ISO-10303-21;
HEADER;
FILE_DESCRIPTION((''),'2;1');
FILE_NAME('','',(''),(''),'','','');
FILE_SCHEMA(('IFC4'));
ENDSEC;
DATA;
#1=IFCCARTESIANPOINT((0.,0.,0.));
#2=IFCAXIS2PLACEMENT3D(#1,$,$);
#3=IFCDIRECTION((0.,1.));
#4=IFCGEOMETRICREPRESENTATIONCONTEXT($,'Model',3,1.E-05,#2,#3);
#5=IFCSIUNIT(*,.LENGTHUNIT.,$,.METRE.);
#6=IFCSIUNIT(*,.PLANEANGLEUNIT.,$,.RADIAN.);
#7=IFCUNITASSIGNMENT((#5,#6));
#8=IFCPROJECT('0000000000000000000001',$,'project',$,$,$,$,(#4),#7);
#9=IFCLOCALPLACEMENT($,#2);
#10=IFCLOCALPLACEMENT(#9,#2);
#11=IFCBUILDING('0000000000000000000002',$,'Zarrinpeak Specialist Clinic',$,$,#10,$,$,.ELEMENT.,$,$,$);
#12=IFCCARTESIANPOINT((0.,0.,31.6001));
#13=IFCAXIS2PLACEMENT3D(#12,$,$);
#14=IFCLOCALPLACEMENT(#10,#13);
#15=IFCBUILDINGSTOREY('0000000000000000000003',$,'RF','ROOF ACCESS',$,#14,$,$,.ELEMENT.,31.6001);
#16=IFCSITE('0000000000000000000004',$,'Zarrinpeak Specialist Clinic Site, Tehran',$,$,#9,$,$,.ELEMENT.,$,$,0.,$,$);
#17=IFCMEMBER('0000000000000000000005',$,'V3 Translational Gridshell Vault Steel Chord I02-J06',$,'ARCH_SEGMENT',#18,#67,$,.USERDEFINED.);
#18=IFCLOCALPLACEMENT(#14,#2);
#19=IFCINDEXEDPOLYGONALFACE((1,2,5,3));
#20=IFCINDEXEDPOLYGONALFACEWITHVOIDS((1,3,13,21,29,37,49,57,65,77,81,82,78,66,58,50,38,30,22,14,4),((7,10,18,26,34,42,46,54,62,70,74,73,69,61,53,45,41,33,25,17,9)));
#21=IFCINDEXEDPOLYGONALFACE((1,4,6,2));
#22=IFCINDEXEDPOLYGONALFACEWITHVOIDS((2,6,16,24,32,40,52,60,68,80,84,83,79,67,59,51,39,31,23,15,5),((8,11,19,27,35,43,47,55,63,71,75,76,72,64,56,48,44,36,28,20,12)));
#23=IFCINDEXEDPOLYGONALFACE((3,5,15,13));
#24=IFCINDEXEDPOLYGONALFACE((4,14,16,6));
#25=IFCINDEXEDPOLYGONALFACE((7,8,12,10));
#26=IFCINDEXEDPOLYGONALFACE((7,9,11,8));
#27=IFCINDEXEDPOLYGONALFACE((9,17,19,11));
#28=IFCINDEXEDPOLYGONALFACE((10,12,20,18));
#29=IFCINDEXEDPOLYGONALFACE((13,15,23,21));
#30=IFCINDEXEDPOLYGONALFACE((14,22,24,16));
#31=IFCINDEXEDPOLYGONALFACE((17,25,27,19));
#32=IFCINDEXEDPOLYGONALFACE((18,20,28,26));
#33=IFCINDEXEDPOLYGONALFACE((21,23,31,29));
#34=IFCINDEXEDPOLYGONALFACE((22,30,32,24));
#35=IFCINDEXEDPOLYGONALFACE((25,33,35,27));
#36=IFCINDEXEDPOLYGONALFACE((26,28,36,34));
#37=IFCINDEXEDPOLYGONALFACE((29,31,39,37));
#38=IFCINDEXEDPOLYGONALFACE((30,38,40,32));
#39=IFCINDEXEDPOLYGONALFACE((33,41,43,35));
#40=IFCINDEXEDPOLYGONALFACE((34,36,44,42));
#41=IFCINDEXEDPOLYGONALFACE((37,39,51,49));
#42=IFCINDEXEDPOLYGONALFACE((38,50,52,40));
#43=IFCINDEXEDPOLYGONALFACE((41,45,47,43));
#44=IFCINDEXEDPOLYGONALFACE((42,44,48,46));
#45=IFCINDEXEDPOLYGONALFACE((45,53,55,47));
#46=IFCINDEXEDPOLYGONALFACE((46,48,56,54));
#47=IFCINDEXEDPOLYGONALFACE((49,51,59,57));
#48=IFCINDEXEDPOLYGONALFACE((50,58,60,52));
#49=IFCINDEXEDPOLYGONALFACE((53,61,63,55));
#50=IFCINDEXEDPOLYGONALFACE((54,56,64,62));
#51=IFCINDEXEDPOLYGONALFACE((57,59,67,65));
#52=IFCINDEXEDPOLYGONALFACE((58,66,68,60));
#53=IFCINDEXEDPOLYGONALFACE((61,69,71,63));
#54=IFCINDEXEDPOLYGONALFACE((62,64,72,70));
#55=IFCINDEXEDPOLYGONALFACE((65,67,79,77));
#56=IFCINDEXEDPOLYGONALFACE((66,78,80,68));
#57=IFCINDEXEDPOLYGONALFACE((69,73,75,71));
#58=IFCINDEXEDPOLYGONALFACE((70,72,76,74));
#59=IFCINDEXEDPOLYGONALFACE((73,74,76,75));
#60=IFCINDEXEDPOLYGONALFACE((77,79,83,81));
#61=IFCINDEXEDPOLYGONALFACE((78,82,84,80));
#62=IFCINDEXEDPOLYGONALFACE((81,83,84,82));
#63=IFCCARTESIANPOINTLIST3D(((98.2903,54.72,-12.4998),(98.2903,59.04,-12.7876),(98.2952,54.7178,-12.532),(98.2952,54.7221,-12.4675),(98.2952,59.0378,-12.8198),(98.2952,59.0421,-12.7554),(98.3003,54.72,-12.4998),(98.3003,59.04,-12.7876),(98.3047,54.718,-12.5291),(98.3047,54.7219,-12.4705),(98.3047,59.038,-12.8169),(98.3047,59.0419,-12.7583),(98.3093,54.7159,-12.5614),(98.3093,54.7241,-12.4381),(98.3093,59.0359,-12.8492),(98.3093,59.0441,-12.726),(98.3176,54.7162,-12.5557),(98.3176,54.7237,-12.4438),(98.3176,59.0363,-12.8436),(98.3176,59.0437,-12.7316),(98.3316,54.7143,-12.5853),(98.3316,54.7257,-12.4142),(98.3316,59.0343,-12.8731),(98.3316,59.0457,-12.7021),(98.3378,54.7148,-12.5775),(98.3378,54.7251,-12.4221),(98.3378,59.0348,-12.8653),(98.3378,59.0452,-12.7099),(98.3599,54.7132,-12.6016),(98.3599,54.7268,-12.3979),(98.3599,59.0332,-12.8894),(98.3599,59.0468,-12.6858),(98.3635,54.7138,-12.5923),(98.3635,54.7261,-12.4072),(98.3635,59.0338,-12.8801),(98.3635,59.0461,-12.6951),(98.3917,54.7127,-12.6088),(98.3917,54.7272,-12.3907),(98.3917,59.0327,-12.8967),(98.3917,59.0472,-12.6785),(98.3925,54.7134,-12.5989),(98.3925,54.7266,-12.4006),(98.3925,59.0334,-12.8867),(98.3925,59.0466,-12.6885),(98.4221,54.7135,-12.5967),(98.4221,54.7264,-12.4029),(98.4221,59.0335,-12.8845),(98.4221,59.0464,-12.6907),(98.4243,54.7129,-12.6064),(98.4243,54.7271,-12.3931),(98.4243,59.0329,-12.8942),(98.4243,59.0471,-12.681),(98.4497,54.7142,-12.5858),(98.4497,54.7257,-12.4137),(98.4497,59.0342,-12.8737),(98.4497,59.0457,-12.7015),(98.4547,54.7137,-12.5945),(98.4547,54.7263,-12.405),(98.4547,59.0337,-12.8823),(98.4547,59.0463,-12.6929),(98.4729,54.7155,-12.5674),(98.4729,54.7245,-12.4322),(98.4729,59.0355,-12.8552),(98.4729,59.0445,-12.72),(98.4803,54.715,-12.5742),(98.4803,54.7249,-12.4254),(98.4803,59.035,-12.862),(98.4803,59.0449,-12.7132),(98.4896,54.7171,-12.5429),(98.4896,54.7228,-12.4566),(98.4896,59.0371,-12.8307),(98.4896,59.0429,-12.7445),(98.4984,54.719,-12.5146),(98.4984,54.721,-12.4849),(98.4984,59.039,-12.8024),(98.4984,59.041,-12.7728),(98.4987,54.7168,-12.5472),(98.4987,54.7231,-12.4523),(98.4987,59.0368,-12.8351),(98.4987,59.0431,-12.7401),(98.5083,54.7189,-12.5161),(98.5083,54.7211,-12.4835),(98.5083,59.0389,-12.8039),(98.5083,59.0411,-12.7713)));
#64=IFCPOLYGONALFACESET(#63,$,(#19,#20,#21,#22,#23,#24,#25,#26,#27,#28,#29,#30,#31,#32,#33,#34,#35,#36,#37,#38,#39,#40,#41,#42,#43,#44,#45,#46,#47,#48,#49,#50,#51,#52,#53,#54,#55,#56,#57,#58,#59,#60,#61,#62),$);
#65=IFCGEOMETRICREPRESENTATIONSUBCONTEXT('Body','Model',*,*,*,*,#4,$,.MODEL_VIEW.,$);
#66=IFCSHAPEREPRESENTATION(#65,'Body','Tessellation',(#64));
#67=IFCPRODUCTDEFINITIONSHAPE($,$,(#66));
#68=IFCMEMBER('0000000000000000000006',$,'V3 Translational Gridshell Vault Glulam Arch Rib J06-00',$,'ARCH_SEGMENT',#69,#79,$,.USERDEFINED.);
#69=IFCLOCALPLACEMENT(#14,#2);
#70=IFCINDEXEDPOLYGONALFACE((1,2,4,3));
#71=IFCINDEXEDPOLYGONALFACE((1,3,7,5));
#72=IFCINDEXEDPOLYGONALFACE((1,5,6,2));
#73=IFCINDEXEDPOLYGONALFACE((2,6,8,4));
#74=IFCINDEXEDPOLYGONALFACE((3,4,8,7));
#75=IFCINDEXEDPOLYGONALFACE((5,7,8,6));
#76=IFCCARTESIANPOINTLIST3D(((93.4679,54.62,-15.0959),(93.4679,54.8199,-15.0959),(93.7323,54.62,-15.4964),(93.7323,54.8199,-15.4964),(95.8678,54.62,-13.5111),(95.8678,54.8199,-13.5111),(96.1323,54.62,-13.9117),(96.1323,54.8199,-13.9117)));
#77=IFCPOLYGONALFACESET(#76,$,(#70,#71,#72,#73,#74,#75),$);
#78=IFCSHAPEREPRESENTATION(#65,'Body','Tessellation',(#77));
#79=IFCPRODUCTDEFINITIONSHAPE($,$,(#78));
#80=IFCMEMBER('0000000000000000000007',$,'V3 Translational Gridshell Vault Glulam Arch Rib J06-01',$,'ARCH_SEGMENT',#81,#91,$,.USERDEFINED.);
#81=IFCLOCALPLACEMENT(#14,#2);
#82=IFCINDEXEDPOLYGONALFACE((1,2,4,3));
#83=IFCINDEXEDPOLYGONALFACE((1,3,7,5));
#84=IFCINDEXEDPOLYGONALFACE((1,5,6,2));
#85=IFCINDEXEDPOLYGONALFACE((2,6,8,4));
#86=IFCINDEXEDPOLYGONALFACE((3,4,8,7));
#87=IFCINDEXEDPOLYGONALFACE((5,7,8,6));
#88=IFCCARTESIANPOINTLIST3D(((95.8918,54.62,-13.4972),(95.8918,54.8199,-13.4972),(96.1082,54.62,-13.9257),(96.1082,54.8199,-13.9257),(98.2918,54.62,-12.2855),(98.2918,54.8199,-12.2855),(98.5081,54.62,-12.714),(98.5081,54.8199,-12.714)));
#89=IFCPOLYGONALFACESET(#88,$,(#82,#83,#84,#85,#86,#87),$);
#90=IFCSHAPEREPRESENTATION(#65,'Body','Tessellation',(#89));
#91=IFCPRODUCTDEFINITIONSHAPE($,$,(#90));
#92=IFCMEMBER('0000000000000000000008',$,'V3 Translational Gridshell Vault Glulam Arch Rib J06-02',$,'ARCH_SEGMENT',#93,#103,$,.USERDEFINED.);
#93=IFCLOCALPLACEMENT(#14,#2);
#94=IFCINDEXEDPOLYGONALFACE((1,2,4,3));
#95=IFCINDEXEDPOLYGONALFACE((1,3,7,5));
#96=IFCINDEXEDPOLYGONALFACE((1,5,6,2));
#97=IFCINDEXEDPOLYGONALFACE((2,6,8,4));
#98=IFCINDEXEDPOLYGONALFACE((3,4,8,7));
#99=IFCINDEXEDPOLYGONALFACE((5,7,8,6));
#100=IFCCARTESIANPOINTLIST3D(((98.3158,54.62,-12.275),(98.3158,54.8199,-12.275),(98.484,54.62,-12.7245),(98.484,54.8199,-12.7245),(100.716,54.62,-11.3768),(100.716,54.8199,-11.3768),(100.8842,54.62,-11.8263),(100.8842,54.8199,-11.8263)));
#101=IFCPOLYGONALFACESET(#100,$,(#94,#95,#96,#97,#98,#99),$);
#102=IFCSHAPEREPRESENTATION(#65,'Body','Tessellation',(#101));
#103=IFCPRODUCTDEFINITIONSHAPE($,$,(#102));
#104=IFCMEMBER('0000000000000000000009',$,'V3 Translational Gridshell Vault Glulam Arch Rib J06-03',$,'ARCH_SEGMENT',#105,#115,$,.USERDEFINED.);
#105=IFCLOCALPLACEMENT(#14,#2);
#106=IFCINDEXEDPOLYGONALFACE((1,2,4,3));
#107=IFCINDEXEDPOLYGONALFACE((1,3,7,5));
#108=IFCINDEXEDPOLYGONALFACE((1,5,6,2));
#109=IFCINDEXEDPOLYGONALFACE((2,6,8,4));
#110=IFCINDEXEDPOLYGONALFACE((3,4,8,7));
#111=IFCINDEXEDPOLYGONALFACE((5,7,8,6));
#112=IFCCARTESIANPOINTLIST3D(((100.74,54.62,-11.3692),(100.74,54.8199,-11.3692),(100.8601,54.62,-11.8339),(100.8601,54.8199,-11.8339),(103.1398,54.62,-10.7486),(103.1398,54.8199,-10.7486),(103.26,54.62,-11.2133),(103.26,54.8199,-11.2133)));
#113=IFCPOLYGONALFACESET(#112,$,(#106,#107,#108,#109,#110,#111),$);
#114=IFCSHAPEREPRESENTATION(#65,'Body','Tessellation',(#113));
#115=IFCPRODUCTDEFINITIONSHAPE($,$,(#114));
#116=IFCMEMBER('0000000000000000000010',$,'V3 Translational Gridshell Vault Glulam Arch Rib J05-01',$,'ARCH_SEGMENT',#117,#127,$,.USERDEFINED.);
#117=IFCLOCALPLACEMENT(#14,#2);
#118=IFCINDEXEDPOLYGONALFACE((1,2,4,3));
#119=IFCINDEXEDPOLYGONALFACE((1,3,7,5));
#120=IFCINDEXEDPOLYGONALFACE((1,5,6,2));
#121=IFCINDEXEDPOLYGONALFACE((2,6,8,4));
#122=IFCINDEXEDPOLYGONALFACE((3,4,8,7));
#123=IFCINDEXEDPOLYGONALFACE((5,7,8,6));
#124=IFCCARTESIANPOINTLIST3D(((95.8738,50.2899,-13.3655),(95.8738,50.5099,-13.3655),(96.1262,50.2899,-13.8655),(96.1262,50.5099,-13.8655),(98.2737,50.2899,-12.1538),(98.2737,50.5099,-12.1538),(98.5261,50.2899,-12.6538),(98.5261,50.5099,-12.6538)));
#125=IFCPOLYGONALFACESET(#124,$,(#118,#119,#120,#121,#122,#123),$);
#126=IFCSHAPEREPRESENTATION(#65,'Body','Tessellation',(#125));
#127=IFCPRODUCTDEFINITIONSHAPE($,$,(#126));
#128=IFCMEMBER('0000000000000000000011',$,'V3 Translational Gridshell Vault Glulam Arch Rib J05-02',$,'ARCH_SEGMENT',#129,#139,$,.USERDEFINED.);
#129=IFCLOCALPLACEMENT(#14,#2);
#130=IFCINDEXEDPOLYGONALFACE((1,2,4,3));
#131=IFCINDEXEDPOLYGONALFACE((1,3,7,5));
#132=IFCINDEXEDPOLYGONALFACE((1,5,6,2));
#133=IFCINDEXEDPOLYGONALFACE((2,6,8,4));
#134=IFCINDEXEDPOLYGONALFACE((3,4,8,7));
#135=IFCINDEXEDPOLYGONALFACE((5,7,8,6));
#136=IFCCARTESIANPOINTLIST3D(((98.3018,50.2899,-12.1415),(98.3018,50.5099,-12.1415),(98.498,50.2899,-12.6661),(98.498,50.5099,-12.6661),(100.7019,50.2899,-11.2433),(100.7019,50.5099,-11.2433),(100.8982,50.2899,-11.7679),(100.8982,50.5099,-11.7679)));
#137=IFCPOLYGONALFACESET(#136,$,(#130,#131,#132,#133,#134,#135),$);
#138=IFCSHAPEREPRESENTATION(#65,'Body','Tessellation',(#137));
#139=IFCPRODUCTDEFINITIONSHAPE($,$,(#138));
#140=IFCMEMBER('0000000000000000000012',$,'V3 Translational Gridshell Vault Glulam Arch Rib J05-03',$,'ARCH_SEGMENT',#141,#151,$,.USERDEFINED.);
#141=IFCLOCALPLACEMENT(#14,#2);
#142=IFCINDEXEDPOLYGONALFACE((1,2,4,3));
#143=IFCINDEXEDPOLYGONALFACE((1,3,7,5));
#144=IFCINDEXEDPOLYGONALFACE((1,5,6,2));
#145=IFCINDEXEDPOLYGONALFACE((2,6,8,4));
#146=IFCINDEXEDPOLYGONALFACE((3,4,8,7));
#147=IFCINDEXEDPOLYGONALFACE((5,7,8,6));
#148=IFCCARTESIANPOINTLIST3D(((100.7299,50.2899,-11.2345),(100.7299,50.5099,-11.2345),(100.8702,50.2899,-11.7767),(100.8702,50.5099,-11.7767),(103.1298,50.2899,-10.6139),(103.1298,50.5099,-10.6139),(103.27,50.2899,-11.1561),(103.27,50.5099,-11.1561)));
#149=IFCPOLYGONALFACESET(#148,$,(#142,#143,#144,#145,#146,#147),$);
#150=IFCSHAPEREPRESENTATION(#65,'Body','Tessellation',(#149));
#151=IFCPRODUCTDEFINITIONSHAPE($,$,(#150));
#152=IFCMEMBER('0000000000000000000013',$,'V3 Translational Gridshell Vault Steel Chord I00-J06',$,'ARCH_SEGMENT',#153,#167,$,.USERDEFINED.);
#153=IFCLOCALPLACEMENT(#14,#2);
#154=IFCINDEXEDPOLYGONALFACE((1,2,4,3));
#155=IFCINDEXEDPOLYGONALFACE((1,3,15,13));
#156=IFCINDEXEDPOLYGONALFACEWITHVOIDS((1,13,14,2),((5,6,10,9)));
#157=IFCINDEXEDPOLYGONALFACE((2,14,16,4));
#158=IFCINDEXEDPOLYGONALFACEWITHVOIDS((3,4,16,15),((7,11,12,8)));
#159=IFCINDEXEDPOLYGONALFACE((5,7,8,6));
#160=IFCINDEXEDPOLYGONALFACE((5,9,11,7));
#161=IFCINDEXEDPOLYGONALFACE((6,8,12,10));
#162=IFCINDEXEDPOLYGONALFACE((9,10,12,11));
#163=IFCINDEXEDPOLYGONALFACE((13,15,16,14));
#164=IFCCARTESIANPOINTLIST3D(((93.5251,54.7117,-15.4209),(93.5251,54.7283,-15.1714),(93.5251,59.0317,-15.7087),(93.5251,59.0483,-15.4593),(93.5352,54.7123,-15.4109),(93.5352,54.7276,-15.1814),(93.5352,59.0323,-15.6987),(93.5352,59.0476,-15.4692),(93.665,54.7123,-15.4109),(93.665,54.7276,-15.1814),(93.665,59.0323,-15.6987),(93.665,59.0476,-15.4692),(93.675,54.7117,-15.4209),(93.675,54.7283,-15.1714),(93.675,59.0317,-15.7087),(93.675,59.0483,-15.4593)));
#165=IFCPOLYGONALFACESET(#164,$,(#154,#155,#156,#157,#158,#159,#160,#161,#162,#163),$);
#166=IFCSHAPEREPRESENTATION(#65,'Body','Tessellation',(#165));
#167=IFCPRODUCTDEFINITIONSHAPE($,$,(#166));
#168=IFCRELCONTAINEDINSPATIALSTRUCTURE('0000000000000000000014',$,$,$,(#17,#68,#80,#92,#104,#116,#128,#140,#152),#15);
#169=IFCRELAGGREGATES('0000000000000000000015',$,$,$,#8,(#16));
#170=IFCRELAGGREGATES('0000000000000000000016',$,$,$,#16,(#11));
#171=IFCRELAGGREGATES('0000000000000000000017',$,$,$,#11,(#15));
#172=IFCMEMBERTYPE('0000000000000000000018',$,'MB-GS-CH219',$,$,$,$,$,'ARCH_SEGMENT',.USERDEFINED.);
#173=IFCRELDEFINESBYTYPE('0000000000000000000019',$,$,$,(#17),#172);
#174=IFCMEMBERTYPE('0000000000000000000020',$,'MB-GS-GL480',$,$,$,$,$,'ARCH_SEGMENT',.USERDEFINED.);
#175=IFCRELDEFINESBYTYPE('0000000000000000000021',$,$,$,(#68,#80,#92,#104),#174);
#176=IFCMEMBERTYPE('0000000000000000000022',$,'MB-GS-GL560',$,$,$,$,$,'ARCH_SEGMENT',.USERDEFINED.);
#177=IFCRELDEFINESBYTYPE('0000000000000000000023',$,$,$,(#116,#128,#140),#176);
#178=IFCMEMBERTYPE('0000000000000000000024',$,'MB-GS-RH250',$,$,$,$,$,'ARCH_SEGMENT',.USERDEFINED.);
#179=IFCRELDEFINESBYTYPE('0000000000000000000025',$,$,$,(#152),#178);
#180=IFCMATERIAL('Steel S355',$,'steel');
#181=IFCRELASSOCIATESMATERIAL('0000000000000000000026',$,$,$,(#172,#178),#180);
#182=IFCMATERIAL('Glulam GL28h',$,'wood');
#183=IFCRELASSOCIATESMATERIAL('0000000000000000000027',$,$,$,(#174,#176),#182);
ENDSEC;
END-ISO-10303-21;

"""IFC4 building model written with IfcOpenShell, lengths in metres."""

from ifc_helpers import new_model, si_unit, direction, frame, origin, origin_2d, place, context, subcontext, project, spatial, rectangle, hollow_rectangle, hollow_circle, extrude, material, material_profile, profile_set, type_object, element, save


model = new_model("IFC4")

# Units and contexts
model_context = context("Model", 3, precision=1e-05, world=origin(), true_north=direction((0.0, 1.0)))
body_context = subcontext(model_context, "Body", "Model", "MODEL_VIEW")
ifc_project = project(units=[si_unit("LENGTHUNIT", "METRE"), si_unit("PLANEANGLEUNIT", "RADIAN")], contexts=[model_context])

# Site, building, storey
site_placement = place(None, origin())
site = spatial("IfcSite", under=ifc_project, at=site_placement, Name="Zarrinpeak Specialist Clinic Site, Tehran", CompositionType="ELEMENT", RefElevation=0.0)
building_placement = place(site_placement, origin())
building = spatial("IfcBuilding", under=site, at=building_placement, Name="Zarrinpeak Specialist Clinic", CompositionType="ELEMENT")
storey_placement = place(building_placement, frame((0.0, 0.0, 31.6001)))
storey = spatial("IfcBuildingStorey", under=building, at=storey_placement, Name="RF", Description="ROOF ACCESS", CompositionType="ELEMENT", Elevation=31.6001)

# Members
ifc_material_1 = material(Name="Steel S355", Category="steel")
ifc_material_profile_1 = material_profile(ifc_material_1, hollow_circle(Radius=0.1096, WallThickness=0.01, at=origin_2d()), Name="CHS 219.1x10.0")
ifc_profile_set_1 = profile_set([ifc_material_profile_1], Name="Steel S355")
member_type_1 = type_object("IfcMemberType", Name="MB-GS-CH219", ElementType="ARCH_SEGMENT", PredefinedType="USERDEFINED", material=ifc_profile_set_1)
member_1_placement = place(storey_placement, frame((98.3999, 54.72, -12.4998), z_axis=(0.0, 0.997788, -0.066482), x_axis=(-1.0, 0.0, 0.0)))
element("IfcMember", 1, at=member_1_placement, inside=storey, type_object=member_type_1, Name="V3 Translational Gridshell Vault Steel Chord I02-J06", ObjectType="ARCH_SEGMENT", PredefinedType="USERDEFINED", context=body_context, shape_type="SweptSolid", body=[
    extrude(hollow_circle(Radius=0.1096, WallThickness=0.01, at=origin_2d()), origin(), (0.0, 0.0, 1.0), 4.3296),
])
ifc_material_2 = material(Name="Glulam GL28h", Category="wood")
ifc_material_profile_2 = material_profile(ifc_material_2, rectangle(XDim=0.2, YDim=0.48, at=origin_2d()), Name="GL28h 200x480")
ifc_profile_set_2 = profile_set([ifc_material_profile_2], Name="Glulam GL28h")
member_type_2 = type_object("IfcMemberType", Name="MB-GS-GL480", ElementType="ARCH_SEGMENT", PredefinedType="USERDEFINED", material=ifc_profile_set_2)
member_2_placement = place(storey_placement, frame((93.6001, 54.72, -15.2961), z_axis=(0.834484, 0.0, 0.551031), x_axis=(0.0, 1.0, 0.0)))
element("IfcMember", 2, at=member_2_placement, inside=storey, type_object=member_type_2, Name="V3 Translational Gridshell Vault Glulam Arch Rib J06-00", ObjectType="ARCH_SEGMENT", PredefinedType="USERDEFINED", context=body_context, shape_type="SweptSolid", body=[
    extrude(rectangle(XDim=0.2, YDim=0.48, at=origin_2d()), origin(), (0.0, 0.0, 1.0), 2.876),
])
member_3_placement = place(storey_placement, frame((96.0, 54.72, -13.7114), z_axis=(0.892677, 0.0, 0.450697), x_axis=(0.0, 1.0, 0.0)))
element("IfcMember", 3, at=member_3_placement, inside=storey, type_object=member_type_2, Name="V3 Translational Gridshell Vault Glulam Arch Rib J06-01", ObjectType="ARCH_SEGMENT", PredefinedType="USERDEFINED", context=body_context, shape_type="SweptSolid", body=[
    extrude(rectangle(XDim=0.2, YDim=0.48, at=origin_2d()), origin(), (0.0, 0.0, 1.0), 2.6885),
])
member_4_placement = place(storey_placement, frame((98.3999, 54.72, -12.4998), z_axis=(0.936568, 0.0, 0.350487), x_axis=(0.0, 1.0, 0.0)))
element("IfcMember", 4, at=member_4_placement, inside=storey, type_object=member_type_2, Name="V3 Translational Gridshell Vault Glulam Arch Rib J06-02", ObjectType="ARCH_SEGMENT", PredefinedType="USERDEFINED", context=body_context, shape_type="SweptSolid", body=[
    extrude(rectangle(XDim=0.2, YDim=0.48, at=origin_2d()), origin(), (0.0, 0.0, 1.0), 2.5627),
])
member_5_placement = place(storey_placement, frame((100.8, 54.72, -11.6016), z_axis=(0.968153, 0.0, 0.250361), x_axis=(0.0, 1.0, 0.0)))
element("IfcMember", 5, at=member_5_placement, inside=storey, type_object=member_type_2, Name="V3 Translational Gridshell Vault Glulam Arch Rib J06-03", ObjectType="ARCH_SEGMENT", PredefinedType="USERDEFINED", context=body_context, shape_type="SweptSolid", body=[
    extrude(rectangle(XDim=0.2, YDim=0.48, at=origin_2d()), origin(), (0.0, 0.0, 1.0), 2.4788),
])
ifc_material_profile_3 = material_profile(ifc_material_2, rectangle(XDim=0.22, YDim=0.5601, at=origin_2d()), Name="GL28h 220x560")
ifc_profile_set_3 = profile_set([ifc_material_profile_3], Name="Glulam GL28h")
member_type_3 = type_object("IfcMemberType", Name="MB-GS-GL560", ElementType="ARCH_SEGMENT", PredefinedType="USERDEFINED", material=ifc_profile_set_3)
member_6_placement = place(storey_placement, frame((96.0, 50.3999, -13.6155), z_axis=(0.892677, 0.0, 0.450697), x_axis=(0.0, 1.0, 0.0)))
element("IfcMember", 6, at=member_6_placement, inside=storey, type_object=member_type_3, Name="V3 Translational Gridshell Vault Glulam Arch Rib J05-01", ObjectType="ARCH_SEGMENT", PredefinedType="USERDEFINED", context=body_context, shape_type="SweptSolid", body=[
    extrude(rectangle(XDim=0.22, YDim=0.5601, at=origin_2d()), origin(), (0.0, 0.0, 1.0), 2.6885),
])
member_7_placement = place(storey_placement, frame((98.3999, 50.3999, -12.4038), z_axis=(0.936568, 0.0, 0.350487), x_axis=(0.0, 1.0, 0.0)))
element("IfcMember", 7, at=member_7_placement, inside=storey, type_object=member_type_3, Name="V3 Translational Gridshell Vault Glulam Arch Rib J05-02", ObjectType="ARCH_SEGMENT", PredefinedType="USERDEFINED", context=body_context, shape_type="SweptSolid", body=[
    extrude(rectangle(XDim=0.22, YDim=0.5601, at=origin_2d()), origin(), (0.0, 0.0, 1.0), 2.5627),
])
member_8_placement = place(storey_placement, frame((100.8, 50.3999, -11.5056), z_axis=(0.968153, 0.0, 0.250361), x_axis=(0.0, 1.0, 0.0)))
element("IfcMember", 8, at=member_8_placement, inside=storey, type_object=member_type_3, Name="V3 Translational Gridshell Vault Glulam Arch Rib J05-03", ObjectType="ARCH_SEGMENT", PredefinedType="USERDEFINED", context=body_context, shape_type="SweptSolid", body=[
    extrude(rectangle(XDim=0.22, YDim=0.5601, at=origin_2d()), origin(), (0.0, 0.0, 1.0), 2.4788),
])
ifc_material_profile_4 = material_profile(ifc_material_1, hollow_rectangle(XDim=0.1499, YDim=0.25, WallThickness=0.01, at=origin_2d()), Name="RHS 250x150x10.0")
ifc_profile_set_4 = profile_set([ifc_material_profile_4], Name="Steel S355")
member_type_4 = type_object("IfcMemberType", Name="MB-GS-RH250", ElementType="ARCH_SEGMENT", PredefinedType="USERDEFINED", material=ifc_profile_set_4)
member_9_placement = place(storey_placement, frame((93.6001, 54.72, -15.2961), z_axis=(0.0, 0.997788, -0.066482), x_axis=(-1.0, 0.0, 0.0)))
element("IfcMember", 9, at=member_9_placement, inside=storey, type_object=member_type_4, Name="V3 Translational Gridshell Vault Steel Chord I00-J06", ObjectType="ARCH_SEGMENT", PredefinedType="USERDEFINED", context=body_context, shape_type="SweptSolid", body=[
    extrude(hollow_rectangle(XDim=0.1499, YDim=0.25, WallThickness=0.01, at=origin_2d()), origin(), (0.0, 0.0, 1.0), 4.3296),
])

save(model, "model.ifc")
